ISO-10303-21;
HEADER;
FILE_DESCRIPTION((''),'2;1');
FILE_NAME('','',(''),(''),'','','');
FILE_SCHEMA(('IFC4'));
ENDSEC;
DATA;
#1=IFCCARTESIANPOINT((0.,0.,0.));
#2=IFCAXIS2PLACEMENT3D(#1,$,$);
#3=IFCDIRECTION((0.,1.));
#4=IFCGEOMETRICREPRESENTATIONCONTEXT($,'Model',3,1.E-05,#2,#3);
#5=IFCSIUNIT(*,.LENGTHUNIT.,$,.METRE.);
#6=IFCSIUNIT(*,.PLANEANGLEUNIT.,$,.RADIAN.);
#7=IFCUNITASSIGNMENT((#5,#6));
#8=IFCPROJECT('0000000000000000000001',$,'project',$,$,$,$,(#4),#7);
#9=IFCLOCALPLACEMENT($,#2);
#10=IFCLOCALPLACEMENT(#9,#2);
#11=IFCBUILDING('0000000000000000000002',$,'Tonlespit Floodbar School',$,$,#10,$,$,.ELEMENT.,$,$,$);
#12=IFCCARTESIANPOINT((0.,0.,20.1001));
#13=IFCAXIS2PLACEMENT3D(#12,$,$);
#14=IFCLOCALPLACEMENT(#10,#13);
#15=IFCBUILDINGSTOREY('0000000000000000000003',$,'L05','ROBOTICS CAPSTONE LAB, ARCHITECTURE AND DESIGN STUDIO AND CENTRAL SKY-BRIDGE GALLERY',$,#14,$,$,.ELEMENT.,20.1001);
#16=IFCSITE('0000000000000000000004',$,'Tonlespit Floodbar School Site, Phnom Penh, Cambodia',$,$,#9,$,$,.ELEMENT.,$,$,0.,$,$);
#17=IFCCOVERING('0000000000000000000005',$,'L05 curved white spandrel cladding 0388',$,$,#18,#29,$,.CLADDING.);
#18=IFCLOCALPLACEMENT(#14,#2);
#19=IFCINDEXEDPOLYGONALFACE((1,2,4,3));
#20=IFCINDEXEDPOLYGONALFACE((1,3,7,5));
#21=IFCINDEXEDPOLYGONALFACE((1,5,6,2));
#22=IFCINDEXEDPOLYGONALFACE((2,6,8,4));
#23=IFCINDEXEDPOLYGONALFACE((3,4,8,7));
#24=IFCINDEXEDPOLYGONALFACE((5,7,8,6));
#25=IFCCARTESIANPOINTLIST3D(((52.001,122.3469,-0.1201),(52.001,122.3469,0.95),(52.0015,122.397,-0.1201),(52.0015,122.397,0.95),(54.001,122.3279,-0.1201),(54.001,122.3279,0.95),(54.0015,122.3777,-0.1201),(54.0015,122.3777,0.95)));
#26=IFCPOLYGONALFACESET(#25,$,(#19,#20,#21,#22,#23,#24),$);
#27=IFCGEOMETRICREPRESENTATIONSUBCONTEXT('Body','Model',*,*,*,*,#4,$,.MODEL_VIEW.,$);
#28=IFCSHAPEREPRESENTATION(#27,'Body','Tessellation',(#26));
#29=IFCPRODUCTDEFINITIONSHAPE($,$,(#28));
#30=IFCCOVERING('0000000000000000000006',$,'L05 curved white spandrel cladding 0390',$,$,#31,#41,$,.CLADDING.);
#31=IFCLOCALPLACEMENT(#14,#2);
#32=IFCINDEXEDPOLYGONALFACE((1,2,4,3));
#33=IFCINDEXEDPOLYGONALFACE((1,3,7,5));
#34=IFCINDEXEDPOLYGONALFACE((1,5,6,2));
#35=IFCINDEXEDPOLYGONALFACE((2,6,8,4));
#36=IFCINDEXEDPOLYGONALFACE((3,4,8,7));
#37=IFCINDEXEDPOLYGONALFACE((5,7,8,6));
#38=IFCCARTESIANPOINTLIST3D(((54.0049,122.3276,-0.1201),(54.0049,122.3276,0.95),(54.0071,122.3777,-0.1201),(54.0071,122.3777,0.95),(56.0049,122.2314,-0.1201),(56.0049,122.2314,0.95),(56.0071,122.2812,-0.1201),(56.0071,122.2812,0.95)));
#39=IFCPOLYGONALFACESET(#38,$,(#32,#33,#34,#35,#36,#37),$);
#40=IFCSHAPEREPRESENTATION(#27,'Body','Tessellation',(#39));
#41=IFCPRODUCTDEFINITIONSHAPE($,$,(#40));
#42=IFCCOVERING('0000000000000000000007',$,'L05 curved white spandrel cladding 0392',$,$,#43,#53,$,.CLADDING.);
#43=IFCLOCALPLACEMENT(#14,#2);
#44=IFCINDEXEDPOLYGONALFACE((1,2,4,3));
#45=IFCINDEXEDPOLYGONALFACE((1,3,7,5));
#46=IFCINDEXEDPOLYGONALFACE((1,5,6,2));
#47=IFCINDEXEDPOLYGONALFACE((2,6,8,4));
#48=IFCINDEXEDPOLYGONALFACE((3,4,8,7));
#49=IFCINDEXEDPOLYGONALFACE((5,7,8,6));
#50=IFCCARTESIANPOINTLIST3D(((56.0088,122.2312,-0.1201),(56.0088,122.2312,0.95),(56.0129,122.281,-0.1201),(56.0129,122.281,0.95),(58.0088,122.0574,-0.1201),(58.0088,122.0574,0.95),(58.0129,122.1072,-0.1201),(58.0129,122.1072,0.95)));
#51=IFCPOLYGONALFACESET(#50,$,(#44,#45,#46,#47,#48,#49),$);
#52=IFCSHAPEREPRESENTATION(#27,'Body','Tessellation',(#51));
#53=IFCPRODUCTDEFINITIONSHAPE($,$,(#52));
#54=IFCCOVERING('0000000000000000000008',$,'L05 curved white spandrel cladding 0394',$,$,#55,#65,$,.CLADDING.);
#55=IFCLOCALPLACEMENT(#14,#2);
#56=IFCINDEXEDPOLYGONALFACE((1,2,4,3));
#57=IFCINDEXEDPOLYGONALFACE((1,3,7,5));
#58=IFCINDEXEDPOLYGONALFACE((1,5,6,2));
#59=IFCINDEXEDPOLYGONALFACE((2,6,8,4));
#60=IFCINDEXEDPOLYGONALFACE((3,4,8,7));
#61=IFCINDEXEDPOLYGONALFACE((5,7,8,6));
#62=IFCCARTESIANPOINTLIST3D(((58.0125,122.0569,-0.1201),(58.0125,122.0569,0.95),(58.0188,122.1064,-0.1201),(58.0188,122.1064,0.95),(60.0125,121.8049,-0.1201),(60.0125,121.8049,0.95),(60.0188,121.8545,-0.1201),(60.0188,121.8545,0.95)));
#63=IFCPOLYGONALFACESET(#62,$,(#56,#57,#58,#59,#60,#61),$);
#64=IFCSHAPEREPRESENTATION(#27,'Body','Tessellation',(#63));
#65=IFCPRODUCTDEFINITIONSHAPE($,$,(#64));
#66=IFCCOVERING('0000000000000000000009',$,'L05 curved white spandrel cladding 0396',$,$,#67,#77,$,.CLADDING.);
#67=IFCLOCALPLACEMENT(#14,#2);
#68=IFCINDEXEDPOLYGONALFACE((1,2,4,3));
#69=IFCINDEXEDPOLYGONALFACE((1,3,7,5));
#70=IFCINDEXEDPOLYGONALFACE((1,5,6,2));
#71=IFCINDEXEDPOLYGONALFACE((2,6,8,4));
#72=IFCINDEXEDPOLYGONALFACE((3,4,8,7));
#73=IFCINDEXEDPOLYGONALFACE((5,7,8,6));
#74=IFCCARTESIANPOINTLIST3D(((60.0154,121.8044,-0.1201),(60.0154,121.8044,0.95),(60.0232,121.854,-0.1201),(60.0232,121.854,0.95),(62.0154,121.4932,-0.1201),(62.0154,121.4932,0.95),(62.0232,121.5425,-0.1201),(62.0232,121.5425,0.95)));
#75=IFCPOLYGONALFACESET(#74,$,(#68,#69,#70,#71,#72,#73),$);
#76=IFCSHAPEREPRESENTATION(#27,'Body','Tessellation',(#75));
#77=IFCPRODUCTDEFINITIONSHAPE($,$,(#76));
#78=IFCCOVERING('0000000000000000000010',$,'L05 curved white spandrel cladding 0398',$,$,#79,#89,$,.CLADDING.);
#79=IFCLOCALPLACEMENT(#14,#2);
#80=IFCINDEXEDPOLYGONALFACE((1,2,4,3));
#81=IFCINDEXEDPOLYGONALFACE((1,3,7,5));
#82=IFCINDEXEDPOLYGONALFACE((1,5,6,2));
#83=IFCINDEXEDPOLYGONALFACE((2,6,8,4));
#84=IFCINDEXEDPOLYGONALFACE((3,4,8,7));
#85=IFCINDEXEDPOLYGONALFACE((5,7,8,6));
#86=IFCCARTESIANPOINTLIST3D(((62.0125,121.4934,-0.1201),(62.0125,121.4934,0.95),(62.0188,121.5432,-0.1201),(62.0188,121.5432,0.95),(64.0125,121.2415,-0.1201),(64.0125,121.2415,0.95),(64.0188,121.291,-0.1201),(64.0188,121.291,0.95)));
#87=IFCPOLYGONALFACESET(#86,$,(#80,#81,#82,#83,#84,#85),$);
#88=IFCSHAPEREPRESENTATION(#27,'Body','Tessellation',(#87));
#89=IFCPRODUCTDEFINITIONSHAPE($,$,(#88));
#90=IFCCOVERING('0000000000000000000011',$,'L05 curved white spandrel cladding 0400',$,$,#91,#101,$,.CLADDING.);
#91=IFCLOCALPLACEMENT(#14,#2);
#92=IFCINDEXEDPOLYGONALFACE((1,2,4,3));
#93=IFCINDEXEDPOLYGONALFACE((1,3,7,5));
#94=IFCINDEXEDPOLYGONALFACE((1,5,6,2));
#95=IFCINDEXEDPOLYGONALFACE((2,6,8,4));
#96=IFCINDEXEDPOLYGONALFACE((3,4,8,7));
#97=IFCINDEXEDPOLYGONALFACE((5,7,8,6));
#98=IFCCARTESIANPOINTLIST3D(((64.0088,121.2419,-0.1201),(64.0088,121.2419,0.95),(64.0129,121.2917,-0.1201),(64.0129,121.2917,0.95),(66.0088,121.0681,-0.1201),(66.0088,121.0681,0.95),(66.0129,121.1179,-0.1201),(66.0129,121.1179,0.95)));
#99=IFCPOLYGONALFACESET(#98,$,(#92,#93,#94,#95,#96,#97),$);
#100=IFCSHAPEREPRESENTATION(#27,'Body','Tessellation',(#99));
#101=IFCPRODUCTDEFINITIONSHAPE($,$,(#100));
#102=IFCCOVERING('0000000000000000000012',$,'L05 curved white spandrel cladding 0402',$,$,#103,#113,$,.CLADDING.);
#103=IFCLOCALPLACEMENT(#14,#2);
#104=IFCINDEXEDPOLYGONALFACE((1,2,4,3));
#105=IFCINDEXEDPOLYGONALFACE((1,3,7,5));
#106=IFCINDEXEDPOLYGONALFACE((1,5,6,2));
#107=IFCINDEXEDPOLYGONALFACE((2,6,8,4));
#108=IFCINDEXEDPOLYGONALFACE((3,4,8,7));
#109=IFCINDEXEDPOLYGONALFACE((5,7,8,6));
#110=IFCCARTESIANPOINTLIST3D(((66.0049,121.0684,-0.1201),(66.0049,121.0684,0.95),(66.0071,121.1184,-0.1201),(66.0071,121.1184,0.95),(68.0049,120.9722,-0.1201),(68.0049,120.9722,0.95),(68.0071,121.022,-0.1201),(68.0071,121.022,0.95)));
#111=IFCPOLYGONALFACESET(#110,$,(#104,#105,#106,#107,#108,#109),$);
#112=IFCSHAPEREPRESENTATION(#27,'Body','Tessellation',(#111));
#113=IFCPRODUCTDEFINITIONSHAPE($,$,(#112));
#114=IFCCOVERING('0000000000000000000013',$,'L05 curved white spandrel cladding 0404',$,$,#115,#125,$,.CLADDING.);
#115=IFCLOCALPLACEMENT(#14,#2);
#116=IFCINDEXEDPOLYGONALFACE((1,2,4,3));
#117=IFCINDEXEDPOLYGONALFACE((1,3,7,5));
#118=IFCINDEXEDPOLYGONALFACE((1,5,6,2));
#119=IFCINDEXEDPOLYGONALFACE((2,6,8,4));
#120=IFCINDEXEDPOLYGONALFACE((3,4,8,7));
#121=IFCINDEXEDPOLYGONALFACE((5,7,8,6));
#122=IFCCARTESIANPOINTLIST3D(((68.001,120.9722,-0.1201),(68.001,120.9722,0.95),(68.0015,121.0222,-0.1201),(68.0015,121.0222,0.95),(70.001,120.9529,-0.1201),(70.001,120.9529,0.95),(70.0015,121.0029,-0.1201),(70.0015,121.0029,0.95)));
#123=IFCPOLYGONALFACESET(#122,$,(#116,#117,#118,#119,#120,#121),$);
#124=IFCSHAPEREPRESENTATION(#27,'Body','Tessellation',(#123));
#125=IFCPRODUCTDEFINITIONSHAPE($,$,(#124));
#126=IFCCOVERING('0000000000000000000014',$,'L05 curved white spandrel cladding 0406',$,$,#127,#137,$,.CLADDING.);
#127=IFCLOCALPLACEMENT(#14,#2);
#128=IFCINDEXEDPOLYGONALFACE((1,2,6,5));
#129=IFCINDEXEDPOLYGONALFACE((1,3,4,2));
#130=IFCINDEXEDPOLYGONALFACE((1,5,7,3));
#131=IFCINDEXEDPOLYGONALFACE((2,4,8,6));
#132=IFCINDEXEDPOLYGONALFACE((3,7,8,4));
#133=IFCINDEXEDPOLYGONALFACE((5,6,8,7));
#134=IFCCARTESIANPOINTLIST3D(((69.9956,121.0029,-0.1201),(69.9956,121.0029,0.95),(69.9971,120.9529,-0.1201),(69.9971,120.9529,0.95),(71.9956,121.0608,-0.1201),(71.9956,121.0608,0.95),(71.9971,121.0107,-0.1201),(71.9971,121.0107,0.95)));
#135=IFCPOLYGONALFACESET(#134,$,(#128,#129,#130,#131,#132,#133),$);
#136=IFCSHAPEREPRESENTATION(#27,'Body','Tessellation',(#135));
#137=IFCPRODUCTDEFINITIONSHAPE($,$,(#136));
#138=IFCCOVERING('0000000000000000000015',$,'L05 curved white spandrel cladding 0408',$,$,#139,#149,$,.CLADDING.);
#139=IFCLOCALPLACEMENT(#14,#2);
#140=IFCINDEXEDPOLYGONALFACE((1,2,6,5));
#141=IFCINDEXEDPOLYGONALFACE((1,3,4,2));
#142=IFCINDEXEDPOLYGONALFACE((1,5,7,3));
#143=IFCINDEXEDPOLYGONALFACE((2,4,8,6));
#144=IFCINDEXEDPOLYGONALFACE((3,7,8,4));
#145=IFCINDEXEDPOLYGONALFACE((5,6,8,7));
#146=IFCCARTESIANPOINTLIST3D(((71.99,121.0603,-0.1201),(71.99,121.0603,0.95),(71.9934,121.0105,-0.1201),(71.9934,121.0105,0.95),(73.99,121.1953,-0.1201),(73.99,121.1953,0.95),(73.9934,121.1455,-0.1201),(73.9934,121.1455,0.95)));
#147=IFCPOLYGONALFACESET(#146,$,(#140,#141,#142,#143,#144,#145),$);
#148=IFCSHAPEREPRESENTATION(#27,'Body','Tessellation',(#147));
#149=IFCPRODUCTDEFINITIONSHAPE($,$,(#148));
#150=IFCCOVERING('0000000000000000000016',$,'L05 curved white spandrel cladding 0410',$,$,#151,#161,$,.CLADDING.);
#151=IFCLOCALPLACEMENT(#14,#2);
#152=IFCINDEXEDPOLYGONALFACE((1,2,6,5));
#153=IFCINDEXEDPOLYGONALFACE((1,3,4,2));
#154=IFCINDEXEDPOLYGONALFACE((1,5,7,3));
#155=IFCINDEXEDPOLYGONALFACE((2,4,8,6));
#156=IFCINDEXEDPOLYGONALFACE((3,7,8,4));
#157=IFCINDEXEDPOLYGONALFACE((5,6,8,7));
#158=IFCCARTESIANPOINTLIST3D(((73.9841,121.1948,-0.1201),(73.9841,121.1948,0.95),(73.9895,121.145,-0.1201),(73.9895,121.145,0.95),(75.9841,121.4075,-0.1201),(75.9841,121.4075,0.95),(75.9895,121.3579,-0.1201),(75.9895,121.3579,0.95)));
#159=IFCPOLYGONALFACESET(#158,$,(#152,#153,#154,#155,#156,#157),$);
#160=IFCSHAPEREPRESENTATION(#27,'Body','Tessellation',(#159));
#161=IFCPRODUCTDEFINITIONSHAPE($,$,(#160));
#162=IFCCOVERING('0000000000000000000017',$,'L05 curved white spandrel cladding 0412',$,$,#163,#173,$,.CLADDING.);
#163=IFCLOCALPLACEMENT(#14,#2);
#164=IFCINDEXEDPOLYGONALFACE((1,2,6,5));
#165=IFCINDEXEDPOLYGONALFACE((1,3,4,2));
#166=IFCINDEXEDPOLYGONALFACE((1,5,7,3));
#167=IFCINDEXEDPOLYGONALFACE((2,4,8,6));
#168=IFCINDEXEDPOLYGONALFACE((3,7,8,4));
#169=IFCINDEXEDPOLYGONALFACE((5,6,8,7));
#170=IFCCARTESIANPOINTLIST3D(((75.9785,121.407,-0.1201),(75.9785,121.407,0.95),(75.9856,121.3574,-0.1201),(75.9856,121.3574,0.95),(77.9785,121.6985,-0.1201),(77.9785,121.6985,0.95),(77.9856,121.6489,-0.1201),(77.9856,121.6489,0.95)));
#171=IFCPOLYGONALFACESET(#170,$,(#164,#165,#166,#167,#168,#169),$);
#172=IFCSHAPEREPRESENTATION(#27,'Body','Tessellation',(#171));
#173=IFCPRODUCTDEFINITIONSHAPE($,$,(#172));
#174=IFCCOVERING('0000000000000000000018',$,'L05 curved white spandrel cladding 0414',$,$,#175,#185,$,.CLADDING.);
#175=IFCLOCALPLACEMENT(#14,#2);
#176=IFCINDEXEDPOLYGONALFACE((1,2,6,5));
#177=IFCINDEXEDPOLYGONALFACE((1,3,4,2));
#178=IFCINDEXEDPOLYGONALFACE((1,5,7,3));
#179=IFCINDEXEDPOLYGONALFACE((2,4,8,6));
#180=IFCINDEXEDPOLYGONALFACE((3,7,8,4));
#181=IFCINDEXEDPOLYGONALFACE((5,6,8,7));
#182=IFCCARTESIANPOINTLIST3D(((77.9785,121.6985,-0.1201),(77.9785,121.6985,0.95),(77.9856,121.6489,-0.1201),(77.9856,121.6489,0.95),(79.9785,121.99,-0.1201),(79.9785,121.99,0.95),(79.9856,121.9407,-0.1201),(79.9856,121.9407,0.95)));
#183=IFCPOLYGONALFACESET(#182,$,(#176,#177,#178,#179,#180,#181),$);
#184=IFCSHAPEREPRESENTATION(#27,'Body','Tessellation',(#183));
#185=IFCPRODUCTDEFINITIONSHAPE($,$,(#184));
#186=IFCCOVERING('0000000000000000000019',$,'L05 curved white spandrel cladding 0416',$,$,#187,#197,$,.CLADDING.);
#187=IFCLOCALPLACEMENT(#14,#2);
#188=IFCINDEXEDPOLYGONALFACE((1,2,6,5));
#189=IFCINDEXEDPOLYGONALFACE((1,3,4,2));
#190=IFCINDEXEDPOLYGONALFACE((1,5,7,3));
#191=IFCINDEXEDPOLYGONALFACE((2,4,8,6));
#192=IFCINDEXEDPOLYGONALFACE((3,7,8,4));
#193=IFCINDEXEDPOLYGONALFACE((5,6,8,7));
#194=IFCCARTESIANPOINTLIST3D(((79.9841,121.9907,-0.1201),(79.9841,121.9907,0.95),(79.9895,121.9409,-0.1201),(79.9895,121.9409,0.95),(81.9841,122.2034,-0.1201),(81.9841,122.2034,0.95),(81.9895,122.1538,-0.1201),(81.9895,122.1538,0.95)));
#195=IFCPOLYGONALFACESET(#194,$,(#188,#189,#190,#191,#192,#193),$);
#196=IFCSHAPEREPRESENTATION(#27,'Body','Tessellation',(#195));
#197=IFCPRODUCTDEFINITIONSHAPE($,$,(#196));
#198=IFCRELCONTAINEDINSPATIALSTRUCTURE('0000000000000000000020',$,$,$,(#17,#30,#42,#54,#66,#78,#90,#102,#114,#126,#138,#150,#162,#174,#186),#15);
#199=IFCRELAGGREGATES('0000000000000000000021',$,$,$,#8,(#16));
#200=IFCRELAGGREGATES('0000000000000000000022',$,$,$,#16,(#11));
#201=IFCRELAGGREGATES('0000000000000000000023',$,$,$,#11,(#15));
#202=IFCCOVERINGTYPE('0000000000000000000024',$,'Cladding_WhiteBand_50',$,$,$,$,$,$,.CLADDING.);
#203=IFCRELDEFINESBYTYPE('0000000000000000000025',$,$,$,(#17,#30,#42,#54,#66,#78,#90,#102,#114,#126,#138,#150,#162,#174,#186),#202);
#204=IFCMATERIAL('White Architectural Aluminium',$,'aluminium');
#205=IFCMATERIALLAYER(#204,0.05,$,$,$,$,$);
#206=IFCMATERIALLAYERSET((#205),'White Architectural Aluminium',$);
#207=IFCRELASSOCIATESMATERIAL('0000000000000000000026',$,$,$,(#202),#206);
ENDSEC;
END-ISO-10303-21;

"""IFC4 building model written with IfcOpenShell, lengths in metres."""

from ifc_helpers import new_model, si_unit, direction, frame, origin, place, context, subcontext, project, spatial, polyline, outline, extrude, material, layer, layer_set, type_object, element, save


model = new_model("IFC4")

# Units and contexts
model_context = context("Model", 3, precision=1e-05, world=origin(), true_north=direction((0.0, 1.0)))
body_context = subcontext(model_context, "Body", "Model", "MODEL_VIEW")
ifc_project = project(units=[si_unit("LENGTHUNIT", "METRE"), si_unit("PLANEANGLEUNIT", "RADIAN")], contexts=[model_context])

# Site, building, storey
site_placement = place(None, origin())
site = spatial("IfcSite", under=ifc_project, at=site_placement, Name="Tonlespit Floodbar School Site, Phnom Penh, Cambodia", CompositionType="ELEMENT", RefElevation=0.0)
building_placement = place(site_placement, origin())
building = spatial("IfcBuilding", under=site, at=building_placement, Name="Tonlespit Floodbar School", CompositionType="ELEMENT")
storey_placement = place(building_placement, frame((0.0, 0.0, 20.1001)))
storey = spatial("IfcBuildingStorey", under=building, at=storey_placement, Name="L05", Description="ROBOTICS CAPSTONE LAB, ARCHITECTURE AND DESIGN STUDIO AND CENTRAL SKY-BRIDGE GALLERY", CompositionType="ELEMENT", Elevation=20.1001)

# Coverings
ifc_material_1 = material(Name="White Architectural Aluminium", Category="aluminium")
ifc_layer_1 = layer(ifc_material_1, 0.05)
ifc_layer_set_1 = layer_set([ifc_layer_1], Name="White Architectural Aluminium")
covering_type = type_object("IfcCoveringType", Name="Cladding_WhiteBand_50", PredefinedType="CLADDING", material=ifc_layer_set_1)
covering_1_placement = place(storey_placement, frame((0.0, 0.0, -0.1201)))
element("IfcCovering", 1, at=covering_1_placement, inside=storey, type_object=covering_type, Name="L05 curved white spandrel cladding 0388", PredefinedType="CLADDING", context=body_context, shape_type="SweptSolid", body=[
    extrude(outline(polyline([(52.001, 122.3469), (54.001, 122.3279), (54.0015, 122.3777), (52.0015, 122.397), (52.001, 122.3469)])), origin(), (0.0, 0.0, 1.0), 1.0701),
])
covering_2_placement = place(storey_placement, frame((0.0, 0.0, -0.1201)))
element("IfcCovering", 2, at=covering_2_placement, inside=storey, type_object=covering_type, Name="L05 curved white spandrel cladding 0390", PredefinedType="CLADDING", context=body_context, shape_type="SweptSolid", body=[
    extrude(outline(polyline([(54.0049, 122.3276), (56.0049, 122.2314), (56.0071, 122.2812), (54.0071, 122.3777), (54.0049, 122.3276)])), origin(), (0.0, 0.0, 1.0), 1.0701),
])
covering_3_placement = place(storey_placement, frame((0.0, 0.0, -0.1201)))
element("IfcCovering", 3, at=covering_3_placement, inside=storey, type_object=covering_type, Name="L05 curved white spandrel cladding 0392", PredefinedType="CLADDING", context=body_context, shape_type="SweptSolid", body=[
    extrude(outline(polyline([(56.0088, 122.2312), (58.0088, 122.0574), (58.0129, 122.1072), (56.0129, 122.281), (56.0088, 122.2312)])), origin(), (0.0, 0.0, 1.0), 1.0701),
])
covering_4_placement = place(storey_placement, frame((0.0, 0.0, -0.1201)))
element("IfcCovering", 4, at=covering_4_placement, inside=storey, type_object=covering_type, Name="L05 curved white spandrel cladding 0394", PredefinedType="CLADDING", context=body_context, shape_type="SweptSolid", body=[
    extrude(outline(polyline([(58.0125, 122.0569), (60.0125, 121.8049), (60.0188, 121.8545), (58.0188, 122.1064), (58.0125, 122.0569)])), origin(), (0.0, 0.0, 1.0), 1.0701),
])
covering_5_placement = place(storey_placement, frame((0.0, 0.0, -0.1201)))
element("IfcCovering", 5, at=covering_5_placement, inside=storey, type_object=covering_type, Name="L05 curved white spandrel cladding 0396", PredefinedType="CLADDING", context=body_context, shape_type="SweptSolid", body=[
    extrude(outline(polyline([(60.0154, 121.8044), (62.0154, 121.4932), (62.0232, 121.5425), (60.0232, 121.854), (60.0154, 121.8044)])), origin(), (0.0, 0.0, 1.0), 1.0701),
])
covering_6_placement = place(storey_placement, frame((0.0, 0.0, -0.1201)))
element("IfcCovering", 6, at=covering_6_placement, inside=storey, type_object=covering_type, Name="L05 curved white spandrel cladding 0398", PredefinedType="CLADDING", context=body_context, shape_type="SweptSolid", body=[
    extrude(outline(polyline([(62.0125, 121.4934), (64.0125, 121.2415), (64.0188, 121.291), (62.0188, 121.5432), (62.0125, 121.4934)])), origin(), (0.0, 0.0, 1.0), 1.0701),
])
covering_7_placement = place(storey_placement, frame((0.0, 0.0, -0.1201)))
element("IfcCovering", 7, at=covering_7_placement, inside=storey, type_object=covering_type, Name="L05 curved white spandrel cladding 0400", PredefinedType="CLADDING", context=body_context, shape_type="SweptSolid", body=[
    extrude(outline(polyline([(64.0088, 121.2419), (66.0088, 121.0681), (66.0129, 121.1179), (64.0129, 121.2917), (64.0088, 121.2419)])), origin(), (0.0, 0.0, 1.0), 1.0701),
])
covering_8_placement = place(storey_placement, frame((0.0, 0.0, -0.1201)))
element("IfcCovering", 8, at=covering_8_placement, inside=storey, type_object=covering_type, Name="L05 curved white spandrel cladding 0402", PredefinedType="CLADDING", context=body_context, shape_type="SweptSolid", body=[
    extrude(outline(polyline([(66.0049, 121.0684), (68.0049, 120.9722), (68.0071, 121.022), (66.0071, 121.1184), (66.0049, 121.0684)])), origin(), (0.0, 0.0, 1.0), 1.0701),
])
covering_9_placement = place(storey_placement, frame((0.0, 0.0, -0.1201)))
element("IfcCovering", 9, at=covering_9_placement, inside=storey, type_object=covering_type, Name="L05 curved white spandrel cladding 0404", PredefinedType="CLADDING", context=body_context, shape_type="SweptSolid", body=[
    extrude(outline(polyline([(68.001, 120.9722), (70.001, 120.9529), (70.0015, 121.0029), (68.0015, 121.0222), (68.001, 120.9722)])), origin(), (0.0, 0.0, 1.0), 1.0701),
])
covering_10_placement = place(storey_placement, frame((0.0, 0.0, -0.1201)))
element("IfcCovering", 10, at=covering_10_placement, inside=storey, type_object=covering_type, Name="L05 curved white spandrel cladding 0406", PredefinedType="CLADDING", context=body_context, shape_type="SweptSolid", body=[
    extrude(outline(polyline([(69.9971, 120.9529), (71.9971, 121.0107), (71.9956, 121.0608), (69.9956, 121.0029), (69.9971, 120.9529)])), origin(), (0.0, 0.0, 1.0), 1.0701),
])
covering_11_placement = place(storey_placement, frame((0.0, 0.0, -0.1201)))
element("IfcCovering", 11, at=covering_11_placement, inside=storey, type_object=covering_type, Name="L05 curved white spandrel cladding 0408", PredefinedType="CLADDING", context=body_context, shape_type="SweptSolid", body=[
    extrude(outline(polyline([(71.9934, 121.0105), (73.9934, 121.1455), (73.99, 121.1953), (71.99, 121.0603), (71.9934, 121.0105)])), origin(), (0.0, 0.0, 1.0), 1.0701),
])
covering_12_placement = place(storey_placement, frame((0.0, 0.0, -0.1201)))
element("IfcCovering", 12, at=covering_12_placement, inside=storey, type_object=covering_type, Name="L05 curved white spandrel cladding 0410", PredefinedType="CLADDING", context=body_context, shape_type="SweptSolid", body=[
    extrude(outline(polyline([(73.9895, 121.145), (75.9895, 121.3579), (75.9841, 121.4075), (73.9841, 121.1948), (73.9895, 121.145)])), origin(), (0.0, 0.0, 1.0), 1.0701),
])
covering_13_placement = place(storey_placement, frame((0.0, 0.0, -0.1201)))
element("IfcCovering", 13, at=covering_13_placement, inside=storey, type_object=covering_type, Name="L05 curved white spandrel cladding 0412", PredefinedType="CLADDING", context=body_context, shape_type="SweptSolid", body=[
    extrude(outline(polyline([(75.9856, 121.3574), (77.9856, 121.6489), (77.9785, 121.6985), (75.9785, 121.407), (75.9856, 121.3574)])), origin(), (0.0, 0.0, 1.0), 1.0701),
])
covering_14_placement = place(storey_placement, frame((0.0, 0.0, -0.1201)))
element("IfcCovering", 14, at=covering_14_placement, inside=storey, type_object=covering_type, Name="L05 curved white spandrel cladding 0414", PredefinedType="CLADDING", context=body_context, shape_type="SweptSolid", body=[
    extrude(outline(polyline([(77.9856, 121.6489), (79.9856, 121.9407), (79.9785, 121.99), (77.9785, 121.6985), (77.9856, 121.6489)])), origin(), (0.0, 0.0, 1.0), 1.0701),
])
covering_15_placement = place(storey_placement, frame((0.0, 0.0, -0.1201)))
element("IfcCovering", 15, at=covering_15_placement, inside=storey, type_object=covering_type, Name="L05 curved white spandrel cladding 0416", PredefinedType="CLADDING", context=body_context, shape_type="SweptSolid", body=[
    extrude(outline(polyline([(79.9895, 121.9409), (81.9895, 122.1538), (81.9841, 122.2034), (79.9841, 121.9907), (79.9895, 121.9409)])), origin(), (0.0, 0.0, 1.0), 1.0701),
])

save(model, "model.ifc")
